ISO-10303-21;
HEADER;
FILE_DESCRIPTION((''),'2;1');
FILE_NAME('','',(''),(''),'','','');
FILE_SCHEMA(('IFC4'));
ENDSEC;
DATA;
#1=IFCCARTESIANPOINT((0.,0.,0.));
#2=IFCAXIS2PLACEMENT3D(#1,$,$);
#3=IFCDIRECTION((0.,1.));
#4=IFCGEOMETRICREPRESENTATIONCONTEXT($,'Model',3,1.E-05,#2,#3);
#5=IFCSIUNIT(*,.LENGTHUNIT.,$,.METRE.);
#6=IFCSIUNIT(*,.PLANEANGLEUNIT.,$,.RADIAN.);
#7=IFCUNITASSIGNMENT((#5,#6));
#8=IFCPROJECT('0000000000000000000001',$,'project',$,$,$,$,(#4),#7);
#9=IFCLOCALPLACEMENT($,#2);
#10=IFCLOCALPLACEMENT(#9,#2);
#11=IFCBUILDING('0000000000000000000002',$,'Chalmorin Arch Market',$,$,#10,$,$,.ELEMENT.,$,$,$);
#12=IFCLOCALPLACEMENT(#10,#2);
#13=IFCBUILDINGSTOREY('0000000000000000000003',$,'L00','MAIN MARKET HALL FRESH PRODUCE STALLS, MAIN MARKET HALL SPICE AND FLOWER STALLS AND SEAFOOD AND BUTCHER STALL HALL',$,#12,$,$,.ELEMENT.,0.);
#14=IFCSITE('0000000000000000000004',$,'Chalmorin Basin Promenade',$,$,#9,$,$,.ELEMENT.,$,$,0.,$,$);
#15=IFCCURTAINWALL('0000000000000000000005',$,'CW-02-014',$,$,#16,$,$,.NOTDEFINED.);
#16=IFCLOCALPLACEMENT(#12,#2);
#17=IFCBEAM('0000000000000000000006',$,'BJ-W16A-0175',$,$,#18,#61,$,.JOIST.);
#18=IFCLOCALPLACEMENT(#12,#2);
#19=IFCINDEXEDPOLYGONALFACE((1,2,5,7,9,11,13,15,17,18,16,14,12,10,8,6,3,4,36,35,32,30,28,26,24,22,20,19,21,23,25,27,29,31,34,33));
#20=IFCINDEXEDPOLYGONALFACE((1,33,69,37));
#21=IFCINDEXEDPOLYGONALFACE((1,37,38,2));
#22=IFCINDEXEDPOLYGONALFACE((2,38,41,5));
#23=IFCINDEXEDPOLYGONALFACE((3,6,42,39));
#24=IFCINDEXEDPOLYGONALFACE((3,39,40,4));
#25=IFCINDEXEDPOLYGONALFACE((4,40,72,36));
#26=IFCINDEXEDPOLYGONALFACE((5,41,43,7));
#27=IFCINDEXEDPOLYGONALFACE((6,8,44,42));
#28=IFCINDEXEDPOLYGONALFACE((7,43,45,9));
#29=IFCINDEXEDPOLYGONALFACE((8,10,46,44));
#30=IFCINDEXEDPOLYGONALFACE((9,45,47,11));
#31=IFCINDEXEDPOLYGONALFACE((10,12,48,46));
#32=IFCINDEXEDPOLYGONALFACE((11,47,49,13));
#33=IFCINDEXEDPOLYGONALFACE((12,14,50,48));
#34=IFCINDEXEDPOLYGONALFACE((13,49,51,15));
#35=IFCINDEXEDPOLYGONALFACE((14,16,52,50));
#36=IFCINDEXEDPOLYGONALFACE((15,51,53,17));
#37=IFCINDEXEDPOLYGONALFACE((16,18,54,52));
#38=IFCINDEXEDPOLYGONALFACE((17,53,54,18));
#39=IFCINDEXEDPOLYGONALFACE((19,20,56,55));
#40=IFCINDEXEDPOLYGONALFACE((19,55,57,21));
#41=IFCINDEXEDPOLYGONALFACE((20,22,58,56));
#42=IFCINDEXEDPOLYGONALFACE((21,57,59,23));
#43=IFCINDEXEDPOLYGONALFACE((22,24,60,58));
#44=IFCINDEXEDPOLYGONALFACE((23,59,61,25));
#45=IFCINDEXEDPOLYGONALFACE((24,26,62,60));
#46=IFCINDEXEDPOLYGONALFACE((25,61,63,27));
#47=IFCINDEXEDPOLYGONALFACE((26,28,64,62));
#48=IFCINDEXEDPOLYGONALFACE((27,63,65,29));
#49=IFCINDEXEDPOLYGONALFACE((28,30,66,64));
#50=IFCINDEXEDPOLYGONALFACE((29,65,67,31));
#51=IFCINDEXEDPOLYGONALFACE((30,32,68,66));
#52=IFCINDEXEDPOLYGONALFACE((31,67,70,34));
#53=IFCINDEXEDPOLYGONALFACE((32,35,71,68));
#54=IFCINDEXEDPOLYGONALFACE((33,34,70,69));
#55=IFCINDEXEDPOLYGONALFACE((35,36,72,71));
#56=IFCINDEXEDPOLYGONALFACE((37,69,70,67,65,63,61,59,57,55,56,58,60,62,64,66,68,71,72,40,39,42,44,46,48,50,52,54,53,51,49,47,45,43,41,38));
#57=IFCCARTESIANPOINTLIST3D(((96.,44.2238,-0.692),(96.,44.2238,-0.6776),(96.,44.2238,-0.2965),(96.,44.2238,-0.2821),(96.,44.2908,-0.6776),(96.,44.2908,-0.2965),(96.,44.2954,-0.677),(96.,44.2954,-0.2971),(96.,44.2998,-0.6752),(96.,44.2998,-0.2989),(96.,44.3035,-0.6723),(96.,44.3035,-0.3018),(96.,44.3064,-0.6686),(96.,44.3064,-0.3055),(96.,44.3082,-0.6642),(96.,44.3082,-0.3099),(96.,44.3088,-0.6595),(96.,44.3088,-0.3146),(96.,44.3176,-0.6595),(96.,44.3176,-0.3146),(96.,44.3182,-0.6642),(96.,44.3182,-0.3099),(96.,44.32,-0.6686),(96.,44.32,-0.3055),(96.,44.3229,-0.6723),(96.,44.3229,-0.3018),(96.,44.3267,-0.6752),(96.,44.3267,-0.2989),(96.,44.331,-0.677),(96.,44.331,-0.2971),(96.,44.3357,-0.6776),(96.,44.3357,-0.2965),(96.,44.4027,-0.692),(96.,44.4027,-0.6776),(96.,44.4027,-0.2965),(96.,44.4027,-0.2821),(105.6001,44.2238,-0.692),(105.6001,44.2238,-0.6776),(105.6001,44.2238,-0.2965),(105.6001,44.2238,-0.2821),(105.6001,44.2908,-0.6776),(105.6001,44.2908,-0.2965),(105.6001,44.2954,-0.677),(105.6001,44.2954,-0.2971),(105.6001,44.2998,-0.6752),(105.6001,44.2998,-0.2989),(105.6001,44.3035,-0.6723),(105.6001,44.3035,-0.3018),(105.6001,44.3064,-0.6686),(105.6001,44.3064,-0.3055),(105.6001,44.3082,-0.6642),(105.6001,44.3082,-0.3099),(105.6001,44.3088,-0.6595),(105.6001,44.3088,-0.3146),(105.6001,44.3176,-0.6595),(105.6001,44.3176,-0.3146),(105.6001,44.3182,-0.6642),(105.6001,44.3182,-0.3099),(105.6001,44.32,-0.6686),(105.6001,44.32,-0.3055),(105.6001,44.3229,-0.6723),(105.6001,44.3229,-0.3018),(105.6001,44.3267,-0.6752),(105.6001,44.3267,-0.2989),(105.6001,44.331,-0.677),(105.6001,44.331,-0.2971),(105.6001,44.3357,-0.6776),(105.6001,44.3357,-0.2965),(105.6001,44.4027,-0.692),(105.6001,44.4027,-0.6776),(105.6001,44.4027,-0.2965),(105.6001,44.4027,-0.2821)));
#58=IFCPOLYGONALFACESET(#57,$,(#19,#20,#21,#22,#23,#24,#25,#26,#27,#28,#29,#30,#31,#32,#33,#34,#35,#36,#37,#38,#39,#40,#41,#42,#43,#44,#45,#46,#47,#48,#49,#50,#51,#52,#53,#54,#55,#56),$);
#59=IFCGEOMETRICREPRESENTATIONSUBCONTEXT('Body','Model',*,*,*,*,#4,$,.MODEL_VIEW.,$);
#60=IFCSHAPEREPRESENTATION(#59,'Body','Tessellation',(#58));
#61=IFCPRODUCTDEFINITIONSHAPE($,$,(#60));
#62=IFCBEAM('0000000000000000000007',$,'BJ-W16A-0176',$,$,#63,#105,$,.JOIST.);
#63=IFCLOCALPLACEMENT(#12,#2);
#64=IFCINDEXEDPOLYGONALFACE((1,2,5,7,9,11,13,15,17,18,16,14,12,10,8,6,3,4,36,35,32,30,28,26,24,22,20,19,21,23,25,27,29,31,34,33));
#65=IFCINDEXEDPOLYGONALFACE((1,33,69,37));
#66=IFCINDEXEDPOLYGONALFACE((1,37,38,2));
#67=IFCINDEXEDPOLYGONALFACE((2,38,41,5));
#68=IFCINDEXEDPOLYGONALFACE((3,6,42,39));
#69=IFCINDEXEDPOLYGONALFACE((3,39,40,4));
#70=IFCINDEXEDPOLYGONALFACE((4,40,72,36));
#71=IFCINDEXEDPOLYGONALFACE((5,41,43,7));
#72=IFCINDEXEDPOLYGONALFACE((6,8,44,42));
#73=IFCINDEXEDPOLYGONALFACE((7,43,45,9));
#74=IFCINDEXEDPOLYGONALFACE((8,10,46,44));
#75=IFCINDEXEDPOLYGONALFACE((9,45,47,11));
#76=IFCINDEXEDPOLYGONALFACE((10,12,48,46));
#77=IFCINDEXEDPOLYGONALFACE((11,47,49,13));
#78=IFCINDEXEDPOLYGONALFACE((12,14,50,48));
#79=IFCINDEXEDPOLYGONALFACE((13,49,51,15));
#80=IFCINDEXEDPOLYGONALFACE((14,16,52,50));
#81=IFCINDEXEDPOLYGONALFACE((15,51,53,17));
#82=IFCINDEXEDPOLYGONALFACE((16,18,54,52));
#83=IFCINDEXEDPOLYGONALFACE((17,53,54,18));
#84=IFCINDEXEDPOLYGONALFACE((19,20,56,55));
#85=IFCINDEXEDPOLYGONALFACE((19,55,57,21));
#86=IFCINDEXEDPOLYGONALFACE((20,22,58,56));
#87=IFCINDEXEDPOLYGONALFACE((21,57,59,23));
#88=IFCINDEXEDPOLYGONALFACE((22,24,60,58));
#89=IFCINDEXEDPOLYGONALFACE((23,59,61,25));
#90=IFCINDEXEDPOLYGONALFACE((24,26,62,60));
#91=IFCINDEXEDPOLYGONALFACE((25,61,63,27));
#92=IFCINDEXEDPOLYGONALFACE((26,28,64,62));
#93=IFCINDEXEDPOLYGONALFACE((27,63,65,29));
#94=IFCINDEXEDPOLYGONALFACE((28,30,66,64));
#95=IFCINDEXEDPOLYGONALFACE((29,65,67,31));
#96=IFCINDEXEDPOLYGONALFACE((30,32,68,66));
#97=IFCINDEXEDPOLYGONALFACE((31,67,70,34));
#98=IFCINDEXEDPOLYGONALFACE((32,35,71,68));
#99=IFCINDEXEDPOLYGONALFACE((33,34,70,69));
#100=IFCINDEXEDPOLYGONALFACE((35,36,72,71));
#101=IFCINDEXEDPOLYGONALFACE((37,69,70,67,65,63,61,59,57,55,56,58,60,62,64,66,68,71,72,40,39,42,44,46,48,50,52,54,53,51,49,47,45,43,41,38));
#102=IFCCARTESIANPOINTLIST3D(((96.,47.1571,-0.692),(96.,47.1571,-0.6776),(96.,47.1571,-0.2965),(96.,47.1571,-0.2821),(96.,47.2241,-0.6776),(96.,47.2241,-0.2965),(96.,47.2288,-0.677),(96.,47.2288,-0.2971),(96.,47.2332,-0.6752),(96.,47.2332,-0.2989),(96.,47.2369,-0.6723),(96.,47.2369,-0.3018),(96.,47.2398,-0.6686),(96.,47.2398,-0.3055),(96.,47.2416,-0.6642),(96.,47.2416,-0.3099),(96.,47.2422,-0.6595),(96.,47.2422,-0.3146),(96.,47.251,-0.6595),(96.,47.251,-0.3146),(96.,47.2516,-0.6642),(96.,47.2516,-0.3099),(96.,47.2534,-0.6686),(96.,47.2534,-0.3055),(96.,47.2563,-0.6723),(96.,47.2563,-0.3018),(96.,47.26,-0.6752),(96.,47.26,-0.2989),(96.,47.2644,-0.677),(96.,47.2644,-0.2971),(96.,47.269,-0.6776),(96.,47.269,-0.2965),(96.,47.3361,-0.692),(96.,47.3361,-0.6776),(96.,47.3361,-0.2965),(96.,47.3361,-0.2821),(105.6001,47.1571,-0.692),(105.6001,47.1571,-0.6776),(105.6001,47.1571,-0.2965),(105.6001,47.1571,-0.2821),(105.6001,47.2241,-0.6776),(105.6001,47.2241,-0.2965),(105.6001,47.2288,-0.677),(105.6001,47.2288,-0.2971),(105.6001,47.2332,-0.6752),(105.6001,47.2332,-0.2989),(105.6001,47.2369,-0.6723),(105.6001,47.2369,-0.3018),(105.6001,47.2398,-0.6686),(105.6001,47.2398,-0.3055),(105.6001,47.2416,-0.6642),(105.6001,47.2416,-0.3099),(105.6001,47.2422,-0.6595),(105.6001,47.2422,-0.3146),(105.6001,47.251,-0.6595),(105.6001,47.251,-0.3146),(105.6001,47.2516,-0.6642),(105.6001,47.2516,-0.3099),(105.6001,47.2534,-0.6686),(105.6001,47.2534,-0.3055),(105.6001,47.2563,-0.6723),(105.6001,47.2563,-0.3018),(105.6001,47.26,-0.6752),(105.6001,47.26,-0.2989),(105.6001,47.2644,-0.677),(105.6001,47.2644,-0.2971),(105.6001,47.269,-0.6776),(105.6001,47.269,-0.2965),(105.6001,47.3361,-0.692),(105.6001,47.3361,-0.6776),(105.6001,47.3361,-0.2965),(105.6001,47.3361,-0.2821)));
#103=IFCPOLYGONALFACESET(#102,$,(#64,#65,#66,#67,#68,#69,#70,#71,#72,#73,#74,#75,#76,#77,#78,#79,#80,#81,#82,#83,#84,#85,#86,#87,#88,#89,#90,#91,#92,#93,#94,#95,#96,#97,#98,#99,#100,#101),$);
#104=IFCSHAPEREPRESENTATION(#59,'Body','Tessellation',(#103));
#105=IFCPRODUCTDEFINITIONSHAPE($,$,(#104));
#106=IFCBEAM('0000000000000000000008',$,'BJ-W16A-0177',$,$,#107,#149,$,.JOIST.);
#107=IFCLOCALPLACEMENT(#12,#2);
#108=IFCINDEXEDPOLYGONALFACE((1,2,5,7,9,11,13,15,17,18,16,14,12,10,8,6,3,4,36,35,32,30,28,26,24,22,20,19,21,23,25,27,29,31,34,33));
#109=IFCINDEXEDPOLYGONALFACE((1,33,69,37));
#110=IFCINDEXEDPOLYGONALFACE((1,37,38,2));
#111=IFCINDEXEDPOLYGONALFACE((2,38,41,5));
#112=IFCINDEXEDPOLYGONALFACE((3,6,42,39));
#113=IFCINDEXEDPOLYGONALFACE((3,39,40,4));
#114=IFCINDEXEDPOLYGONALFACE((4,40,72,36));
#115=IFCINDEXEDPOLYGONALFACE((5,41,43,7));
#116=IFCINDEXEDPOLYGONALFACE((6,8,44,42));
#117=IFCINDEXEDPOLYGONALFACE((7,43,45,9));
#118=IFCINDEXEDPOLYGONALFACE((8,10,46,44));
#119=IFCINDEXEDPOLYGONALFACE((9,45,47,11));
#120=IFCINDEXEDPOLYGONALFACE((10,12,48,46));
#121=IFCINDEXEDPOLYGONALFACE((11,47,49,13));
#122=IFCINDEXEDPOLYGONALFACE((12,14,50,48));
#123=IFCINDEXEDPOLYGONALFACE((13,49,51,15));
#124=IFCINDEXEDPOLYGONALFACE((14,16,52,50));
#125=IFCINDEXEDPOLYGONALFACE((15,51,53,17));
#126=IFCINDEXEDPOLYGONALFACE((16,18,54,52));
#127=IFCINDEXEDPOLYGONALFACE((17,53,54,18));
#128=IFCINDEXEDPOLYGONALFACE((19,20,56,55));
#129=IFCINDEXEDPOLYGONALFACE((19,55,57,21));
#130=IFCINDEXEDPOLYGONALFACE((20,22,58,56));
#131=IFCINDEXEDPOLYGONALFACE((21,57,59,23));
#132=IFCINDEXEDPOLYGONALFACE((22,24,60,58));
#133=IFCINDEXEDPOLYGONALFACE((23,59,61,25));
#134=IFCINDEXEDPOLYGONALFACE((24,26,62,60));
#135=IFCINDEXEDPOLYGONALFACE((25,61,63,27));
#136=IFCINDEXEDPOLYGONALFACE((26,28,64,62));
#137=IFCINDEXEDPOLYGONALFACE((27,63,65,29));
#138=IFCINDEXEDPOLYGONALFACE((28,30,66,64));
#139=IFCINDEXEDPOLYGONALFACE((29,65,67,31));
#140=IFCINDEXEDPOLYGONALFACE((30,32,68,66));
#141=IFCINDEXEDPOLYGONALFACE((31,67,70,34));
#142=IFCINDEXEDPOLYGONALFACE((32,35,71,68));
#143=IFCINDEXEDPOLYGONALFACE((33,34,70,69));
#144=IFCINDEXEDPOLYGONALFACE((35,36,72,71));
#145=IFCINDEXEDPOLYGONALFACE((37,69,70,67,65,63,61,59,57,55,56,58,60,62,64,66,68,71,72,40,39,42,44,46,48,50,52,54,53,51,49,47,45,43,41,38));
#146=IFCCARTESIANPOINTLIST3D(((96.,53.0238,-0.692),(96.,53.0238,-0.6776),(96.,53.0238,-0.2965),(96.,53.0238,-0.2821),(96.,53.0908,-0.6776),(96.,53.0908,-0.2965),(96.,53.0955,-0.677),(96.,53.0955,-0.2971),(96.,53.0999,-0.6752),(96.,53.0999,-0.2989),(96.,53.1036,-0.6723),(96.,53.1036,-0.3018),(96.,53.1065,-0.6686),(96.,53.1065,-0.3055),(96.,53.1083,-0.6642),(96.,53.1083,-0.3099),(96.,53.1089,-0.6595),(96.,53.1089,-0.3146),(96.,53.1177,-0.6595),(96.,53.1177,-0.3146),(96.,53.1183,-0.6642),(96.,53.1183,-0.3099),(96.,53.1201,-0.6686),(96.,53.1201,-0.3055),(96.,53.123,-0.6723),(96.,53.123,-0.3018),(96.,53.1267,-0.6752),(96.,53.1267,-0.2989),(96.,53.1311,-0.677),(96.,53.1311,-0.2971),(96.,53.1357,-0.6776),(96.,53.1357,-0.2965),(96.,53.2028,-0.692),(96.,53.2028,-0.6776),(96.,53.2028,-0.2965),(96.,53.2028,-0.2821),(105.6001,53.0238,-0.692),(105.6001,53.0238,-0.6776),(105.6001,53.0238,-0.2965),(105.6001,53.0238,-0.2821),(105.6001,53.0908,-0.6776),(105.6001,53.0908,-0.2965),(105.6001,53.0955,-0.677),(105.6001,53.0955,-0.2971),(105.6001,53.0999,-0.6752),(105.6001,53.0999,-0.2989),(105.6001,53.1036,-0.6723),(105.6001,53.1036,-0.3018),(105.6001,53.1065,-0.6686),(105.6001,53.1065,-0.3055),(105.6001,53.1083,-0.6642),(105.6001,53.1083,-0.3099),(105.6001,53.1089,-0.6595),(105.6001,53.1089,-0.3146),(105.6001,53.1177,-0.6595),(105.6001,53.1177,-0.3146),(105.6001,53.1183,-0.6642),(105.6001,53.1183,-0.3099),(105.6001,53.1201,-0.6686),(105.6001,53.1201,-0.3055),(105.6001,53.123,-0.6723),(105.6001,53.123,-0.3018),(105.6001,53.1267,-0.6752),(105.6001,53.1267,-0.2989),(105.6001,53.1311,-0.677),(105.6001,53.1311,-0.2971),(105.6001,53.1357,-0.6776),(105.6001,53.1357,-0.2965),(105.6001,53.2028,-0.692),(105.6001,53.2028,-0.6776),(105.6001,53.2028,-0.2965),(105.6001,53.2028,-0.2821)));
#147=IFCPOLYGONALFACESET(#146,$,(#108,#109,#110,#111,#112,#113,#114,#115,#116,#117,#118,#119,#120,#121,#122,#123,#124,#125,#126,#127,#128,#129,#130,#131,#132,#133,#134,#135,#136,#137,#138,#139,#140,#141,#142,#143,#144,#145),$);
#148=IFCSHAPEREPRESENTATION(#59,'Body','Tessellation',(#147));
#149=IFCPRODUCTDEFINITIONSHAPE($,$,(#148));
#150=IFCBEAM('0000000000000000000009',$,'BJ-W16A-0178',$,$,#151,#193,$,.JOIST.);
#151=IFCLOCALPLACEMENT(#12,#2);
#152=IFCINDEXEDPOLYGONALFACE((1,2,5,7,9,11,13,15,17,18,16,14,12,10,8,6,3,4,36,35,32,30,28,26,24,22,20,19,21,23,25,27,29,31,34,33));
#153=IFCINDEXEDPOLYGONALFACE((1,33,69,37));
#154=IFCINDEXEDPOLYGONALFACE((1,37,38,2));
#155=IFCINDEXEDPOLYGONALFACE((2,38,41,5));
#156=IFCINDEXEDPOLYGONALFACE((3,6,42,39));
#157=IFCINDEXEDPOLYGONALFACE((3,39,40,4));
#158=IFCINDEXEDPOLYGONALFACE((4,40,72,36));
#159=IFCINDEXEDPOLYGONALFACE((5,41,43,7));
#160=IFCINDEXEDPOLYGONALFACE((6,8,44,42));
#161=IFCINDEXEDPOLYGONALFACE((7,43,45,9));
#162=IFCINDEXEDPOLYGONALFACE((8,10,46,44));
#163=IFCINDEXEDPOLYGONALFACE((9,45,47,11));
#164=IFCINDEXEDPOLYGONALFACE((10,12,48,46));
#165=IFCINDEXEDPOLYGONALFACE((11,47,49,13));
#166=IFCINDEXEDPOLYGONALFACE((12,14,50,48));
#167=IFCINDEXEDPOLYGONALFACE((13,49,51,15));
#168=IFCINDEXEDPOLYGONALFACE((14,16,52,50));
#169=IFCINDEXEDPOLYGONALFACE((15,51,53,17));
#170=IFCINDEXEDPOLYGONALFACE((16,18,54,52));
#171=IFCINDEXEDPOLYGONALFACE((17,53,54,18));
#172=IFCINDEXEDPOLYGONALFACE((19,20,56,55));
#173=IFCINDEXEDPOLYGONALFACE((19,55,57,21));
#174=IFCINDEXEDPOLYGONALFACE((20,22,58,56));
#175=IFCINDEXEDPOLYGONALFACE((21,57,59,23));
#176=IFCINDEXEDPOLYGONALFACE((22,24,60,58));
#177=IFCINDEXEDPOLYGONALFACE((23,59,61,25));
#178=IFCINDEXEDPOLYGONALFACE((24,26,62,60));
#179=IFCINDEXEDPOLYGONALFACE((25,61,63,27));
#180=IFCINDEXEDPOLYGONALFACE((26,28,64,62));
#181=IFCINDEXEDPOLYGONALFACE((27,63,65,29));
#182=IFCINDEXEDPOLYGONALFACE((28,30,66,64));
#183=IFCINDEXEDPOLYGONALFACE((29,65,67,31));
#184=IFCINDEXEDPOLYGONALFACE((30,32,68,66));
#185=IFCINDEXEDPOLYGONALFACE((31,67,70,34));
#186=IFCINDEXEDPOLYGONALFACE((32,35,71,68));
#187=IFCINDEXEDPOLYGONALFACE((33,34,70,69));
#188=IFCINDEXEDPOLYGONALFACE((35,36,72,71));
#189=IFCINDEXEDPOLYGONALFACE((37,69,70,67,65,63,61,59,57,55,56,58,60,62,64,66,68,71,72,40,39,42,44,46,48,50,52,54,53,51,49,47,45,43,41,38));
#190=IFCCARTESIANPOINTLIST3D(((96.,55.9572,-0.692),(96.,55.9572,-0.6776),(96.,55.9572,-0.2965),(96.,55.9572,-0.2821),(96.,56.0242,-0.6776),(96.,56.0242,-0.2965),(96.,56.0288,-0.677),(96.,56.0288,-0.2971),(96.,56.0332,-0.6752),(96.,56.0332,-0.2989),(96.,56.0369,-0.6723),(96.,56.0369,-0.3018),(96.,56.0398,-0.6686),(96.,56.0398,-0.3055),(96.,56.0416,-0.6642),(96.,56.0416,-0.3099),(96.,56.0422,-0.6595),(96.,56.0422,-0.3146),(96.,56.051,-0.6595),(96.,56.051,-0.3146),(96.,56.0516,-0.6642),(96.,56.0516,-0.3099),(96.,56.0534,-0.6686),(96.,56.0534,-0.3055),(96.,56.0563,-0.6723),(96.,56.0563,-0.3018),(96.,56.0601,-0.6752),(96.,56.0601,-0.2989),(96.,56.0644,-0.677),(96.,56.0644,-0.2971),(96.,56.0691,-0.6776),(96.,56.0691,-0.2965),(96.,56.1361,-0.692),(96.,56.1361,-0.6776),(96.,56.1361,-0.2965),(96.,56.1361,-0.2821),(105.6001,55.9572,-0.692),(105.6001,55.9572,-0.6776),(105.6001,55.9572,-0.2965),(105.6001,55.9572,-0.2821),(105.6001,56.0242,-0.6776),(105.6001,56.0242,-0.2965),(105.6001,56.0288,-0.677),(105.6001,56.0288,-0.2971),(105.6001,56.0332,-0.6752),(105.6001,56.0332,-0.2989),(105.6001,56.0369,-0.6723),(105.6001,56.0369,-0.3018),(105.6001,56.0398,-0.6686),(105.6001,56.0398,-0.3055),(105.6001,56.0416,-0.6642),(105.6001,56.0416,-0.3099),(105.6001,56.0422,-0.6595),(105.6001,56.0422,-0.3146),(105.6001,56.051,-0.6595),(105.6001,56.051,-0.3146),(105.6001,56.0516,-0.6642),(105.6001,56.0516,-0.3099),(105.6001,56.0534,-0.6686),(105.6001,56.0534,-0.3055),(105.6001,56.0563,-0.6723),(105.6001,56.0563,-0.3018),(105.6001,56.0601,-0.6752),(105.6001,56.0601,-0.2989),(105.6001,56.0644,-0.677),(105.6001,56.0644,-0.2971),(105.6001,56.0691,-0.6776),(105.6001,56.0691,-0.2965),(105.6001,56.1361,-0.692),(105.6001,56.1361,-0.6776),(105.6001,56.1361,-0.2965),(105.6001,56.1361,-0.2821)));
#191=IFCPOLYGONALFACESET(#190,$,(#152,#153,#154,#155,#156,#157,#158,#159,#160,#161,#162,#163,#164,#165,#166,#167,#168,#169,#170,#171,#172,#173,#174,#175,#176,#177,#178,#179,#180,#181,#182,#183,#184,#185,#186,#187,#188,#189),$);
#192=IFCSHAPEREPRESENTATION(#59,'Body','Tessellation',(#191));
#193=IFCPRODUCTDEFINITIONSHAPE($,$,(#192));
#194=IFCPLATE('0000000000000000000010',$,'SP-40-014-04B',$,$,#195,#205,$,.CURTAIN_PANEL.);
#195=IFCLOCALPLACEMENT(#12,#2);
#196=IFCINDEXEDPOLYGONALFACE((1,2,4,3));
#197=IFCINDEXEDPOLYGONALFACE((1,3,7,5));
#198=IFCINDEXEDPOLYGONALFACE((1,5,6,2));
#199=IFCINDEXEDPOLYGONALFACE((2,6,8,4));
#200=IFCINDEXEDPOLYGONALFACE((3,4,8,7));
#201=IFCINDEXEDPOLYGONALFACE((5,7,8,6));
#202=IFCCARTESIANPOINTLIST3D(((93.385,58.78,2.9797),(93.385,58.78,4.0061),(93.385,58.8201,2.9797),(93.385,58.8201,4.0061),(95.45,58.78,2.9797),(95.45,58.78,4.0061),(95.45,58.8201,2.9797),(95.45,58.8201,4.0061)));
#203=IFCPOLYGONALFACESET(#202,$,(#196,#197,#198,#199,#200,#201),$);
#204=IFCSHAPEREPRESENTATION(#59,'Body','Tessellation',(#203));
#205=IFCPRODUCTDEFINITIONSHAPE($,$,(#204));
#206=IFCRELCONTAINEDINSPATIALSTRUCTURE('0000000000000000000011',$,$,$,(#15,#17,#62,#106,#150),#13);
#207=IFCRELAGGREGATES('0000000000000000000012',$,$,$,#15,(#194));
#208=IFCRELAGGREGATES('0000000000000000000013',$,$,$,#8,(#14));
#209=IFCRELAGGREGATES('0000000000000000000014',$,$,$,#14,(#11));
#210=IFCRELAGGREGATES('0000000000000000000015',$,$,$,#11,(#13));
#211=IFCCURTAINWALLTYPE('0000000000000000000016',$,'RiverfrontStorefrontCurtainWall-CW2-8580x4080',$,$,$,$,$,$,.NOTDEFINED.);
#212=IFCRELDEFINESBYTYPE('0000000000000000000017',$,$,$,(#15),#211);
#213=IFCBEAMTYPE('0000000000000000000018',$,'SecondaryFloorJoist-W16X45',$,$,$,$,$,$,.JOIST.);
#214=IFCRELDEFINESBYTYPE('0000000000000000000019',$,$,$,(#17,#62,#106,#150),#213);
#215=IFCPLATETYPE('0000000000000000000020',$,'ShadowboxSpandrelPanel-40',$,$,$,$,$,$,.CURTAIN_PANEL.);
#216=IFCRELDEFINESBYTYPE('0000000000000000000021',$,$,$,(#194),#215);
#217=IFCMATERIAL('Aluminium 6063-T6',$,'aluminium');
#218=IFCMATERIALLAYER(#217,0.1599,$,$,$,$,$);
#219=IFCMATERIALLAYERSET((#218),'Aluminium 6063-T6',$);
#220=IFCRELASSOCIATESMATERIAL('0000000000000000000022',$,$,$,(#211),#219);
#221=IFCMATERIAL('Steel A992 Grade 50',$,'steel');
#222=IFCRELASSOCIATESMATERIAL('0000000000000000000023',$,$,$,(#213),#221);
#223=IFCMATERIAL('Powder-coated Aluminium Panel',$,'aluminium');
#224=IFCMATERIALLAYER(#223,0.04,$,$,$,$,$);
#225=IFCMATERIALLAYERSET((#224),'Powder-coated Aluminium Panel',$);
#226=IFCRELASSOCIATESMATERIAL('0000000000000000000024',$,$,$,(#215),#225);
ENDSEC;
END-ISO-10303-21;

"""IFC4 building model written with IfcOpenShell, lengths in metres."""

from ifc_helpers import new_model, si_unit, direction, frame, origin, origin_2d, place, context, subcontext, project, spatial, rectangle, i_section, extrude, material, layer, layer_set, material_profile, profile_set, type_object, element, aggregate, save


model = new_model("IFC4")

# Units and contexts
model_context = context("Model", 3, precision=1e-05, world=origin(), true_north=direction((0.0, 1.0)))
body_context = subcontext(model_context, "Body", "Model", "MODEL_VIEW")
ifc_project = project(units=[si_unit("LENGTHUNIT", "METRE"), si_unit("PLANEANGLEUNIT", "RADIAN")], contexts=[model_context])

# Site, building, storey
site_placement = place(None, origin())
site = spatial("IfcSite", under=ifc_project, at=site_placement, Name="Chalmorin Basin Promenade", CompositionType="ELEMENT", RefElevation=0.0)
building_placement = place(site_placement, origin())
building = spatial("IfcBuilding", under=site, at=building_placement, Name="Chalmorin Arch Market", CompositionType="ELEMENT")
storey_placement = place(building_placement, origin())
storey = spatial("IfcBuildingStorey", under=building, at=storey_placement, Name="L00", Description="MAIN MARKET HALL FRESH PRODUCE STALLS, MAIN MARKET HALL SPICE AND FLOWER STALLS AND SEAFOOD AND BUTCHER STALL HALL", CompositionType="ELEMENT", Elevation=0.0)

# Curtain wall
ifc_material_1 = material(Name="Aluminium 6063-T6", Category="aluminium")
ifc_layer_1 = layer(ifc_material_1, 0.1599)
ifc_layer_set_1 = layer_set([ifc_layer_1], Name="Aluminium 6063-T6")
curtain_wall_type = type_object("IfcCurtainWallType", Name="RiverfrontStorefrontCurtainWall-CW2-8580x4080", PredefinedType="NOTDEFINED", material=ifc_layer_set_1)
curtain_wall_placement = place(storey_placement, origin())
curtain_wall = element("IfcCurtainWall", 1, at=curtain_wall_placement, inside=storey, type_object=curtain_wall_type, Name="CW-02-014", PredefinedType="NOTDEFINED")

# Beams
ifc_material_2 = material(Name="Steel A992 Grade 50", Category="steel")
ifc_material_profile_1 = material_profile(ifc_material_2, i_section(OverallWidth=0.179, OverallDepth=0.4099, WebThickness=0.0088, FlangeThickness=0.0144, FilletRadius=0.0181, at=origin_2d()), Name="W16X45")
ifc_profile_set_1 = profile_set([ifc_material_profile_1], Name="Steel A992 Grade 50")
beam_type_1 = type_object("IfcBeamType", Name="SecondaryFloorJoist-W16X45", PredefinedType="JOIST", material=ifc_profile_set_1)
for number, where, z_axis, x_axis, name in (
    (2, (96.0, 44.3132, -0.4871), (1.0, 0.0, 0.0), (0.0, 1.0, 0.0), "BJ-W16A-0175"),
    (3, (96.0, 47.2466, -0.4871), (1.0, 0.0, 0.0), (0.0, 1.0, 0.0), "BJ-W16A-0176"),
    (4, (96.0, 53.1133, -0.4871), (1.0, 0.0, 0.0), (0.0, 1.0, 0.0), "BJ-W16A-0177"),
    (5, (96.0, 56.0466, -0.4871), (1.0, 0.0, 0.0), (0.0, 1.0, 0.0), "BJ-W16A-0178"),
):
    element("IfcBeam", number, at=place(storey_placement, frame(where, z_axis=z_axis, x_axis=x_axis)), inside=storey, type_object=beam_type_1, Name=name, PredefinedType="JOIST", context=body_context, shape_type="SweptSolid", body=[
        extrude(i_section(OverallWidth=0.179, OverallDepth=0.4099, WebThickness=0.0088, FlangeThickness=0.0144, FilletRadius=0.0181, at=origin_2d()), origin(), (0.0, 0.0, 1.0), 9.6001),
    ])

# Plate
ifc_material_3 = material(Name="Powder-coated Aluminium Panel", Category="aluminium")
ifc_layer_2 = layer(ifc_material_3, 0.04)
ifc_layer_set_2 = layer_set([ifc_layer_2], Name="Powder-coated Aluminium Panel")
plate_type = type_object("IfcPlateType", Name="ShadowboxSpandrelPanel-40", PredefinedType="CURTAIN_PANEL", material=ifc_layer_set_2)
plate_placement = place(storey_placement, frame((94.4175, 58.8, 2.9797), z_axis=(0.0, 0.0, 1.0), x_axis=(1.0, 0.0, 0.0)))
plate = element("IfcPlate", 6, at=plate_placement, type_object=plate_type, Name="SP-40-014-04B", PredefinedType="CURTAIN_PANEL", context=body_context, shape_type="SweptSolid", body=[
    extrude(rectangle(XDim=2.0649, YDim=0.04, at=origin_2d()), origin(), (0.0, 0.0, 1.0), 1.0264),
])
aggregate(curtain_wall, [plate])

save(model, "model.ifc")
